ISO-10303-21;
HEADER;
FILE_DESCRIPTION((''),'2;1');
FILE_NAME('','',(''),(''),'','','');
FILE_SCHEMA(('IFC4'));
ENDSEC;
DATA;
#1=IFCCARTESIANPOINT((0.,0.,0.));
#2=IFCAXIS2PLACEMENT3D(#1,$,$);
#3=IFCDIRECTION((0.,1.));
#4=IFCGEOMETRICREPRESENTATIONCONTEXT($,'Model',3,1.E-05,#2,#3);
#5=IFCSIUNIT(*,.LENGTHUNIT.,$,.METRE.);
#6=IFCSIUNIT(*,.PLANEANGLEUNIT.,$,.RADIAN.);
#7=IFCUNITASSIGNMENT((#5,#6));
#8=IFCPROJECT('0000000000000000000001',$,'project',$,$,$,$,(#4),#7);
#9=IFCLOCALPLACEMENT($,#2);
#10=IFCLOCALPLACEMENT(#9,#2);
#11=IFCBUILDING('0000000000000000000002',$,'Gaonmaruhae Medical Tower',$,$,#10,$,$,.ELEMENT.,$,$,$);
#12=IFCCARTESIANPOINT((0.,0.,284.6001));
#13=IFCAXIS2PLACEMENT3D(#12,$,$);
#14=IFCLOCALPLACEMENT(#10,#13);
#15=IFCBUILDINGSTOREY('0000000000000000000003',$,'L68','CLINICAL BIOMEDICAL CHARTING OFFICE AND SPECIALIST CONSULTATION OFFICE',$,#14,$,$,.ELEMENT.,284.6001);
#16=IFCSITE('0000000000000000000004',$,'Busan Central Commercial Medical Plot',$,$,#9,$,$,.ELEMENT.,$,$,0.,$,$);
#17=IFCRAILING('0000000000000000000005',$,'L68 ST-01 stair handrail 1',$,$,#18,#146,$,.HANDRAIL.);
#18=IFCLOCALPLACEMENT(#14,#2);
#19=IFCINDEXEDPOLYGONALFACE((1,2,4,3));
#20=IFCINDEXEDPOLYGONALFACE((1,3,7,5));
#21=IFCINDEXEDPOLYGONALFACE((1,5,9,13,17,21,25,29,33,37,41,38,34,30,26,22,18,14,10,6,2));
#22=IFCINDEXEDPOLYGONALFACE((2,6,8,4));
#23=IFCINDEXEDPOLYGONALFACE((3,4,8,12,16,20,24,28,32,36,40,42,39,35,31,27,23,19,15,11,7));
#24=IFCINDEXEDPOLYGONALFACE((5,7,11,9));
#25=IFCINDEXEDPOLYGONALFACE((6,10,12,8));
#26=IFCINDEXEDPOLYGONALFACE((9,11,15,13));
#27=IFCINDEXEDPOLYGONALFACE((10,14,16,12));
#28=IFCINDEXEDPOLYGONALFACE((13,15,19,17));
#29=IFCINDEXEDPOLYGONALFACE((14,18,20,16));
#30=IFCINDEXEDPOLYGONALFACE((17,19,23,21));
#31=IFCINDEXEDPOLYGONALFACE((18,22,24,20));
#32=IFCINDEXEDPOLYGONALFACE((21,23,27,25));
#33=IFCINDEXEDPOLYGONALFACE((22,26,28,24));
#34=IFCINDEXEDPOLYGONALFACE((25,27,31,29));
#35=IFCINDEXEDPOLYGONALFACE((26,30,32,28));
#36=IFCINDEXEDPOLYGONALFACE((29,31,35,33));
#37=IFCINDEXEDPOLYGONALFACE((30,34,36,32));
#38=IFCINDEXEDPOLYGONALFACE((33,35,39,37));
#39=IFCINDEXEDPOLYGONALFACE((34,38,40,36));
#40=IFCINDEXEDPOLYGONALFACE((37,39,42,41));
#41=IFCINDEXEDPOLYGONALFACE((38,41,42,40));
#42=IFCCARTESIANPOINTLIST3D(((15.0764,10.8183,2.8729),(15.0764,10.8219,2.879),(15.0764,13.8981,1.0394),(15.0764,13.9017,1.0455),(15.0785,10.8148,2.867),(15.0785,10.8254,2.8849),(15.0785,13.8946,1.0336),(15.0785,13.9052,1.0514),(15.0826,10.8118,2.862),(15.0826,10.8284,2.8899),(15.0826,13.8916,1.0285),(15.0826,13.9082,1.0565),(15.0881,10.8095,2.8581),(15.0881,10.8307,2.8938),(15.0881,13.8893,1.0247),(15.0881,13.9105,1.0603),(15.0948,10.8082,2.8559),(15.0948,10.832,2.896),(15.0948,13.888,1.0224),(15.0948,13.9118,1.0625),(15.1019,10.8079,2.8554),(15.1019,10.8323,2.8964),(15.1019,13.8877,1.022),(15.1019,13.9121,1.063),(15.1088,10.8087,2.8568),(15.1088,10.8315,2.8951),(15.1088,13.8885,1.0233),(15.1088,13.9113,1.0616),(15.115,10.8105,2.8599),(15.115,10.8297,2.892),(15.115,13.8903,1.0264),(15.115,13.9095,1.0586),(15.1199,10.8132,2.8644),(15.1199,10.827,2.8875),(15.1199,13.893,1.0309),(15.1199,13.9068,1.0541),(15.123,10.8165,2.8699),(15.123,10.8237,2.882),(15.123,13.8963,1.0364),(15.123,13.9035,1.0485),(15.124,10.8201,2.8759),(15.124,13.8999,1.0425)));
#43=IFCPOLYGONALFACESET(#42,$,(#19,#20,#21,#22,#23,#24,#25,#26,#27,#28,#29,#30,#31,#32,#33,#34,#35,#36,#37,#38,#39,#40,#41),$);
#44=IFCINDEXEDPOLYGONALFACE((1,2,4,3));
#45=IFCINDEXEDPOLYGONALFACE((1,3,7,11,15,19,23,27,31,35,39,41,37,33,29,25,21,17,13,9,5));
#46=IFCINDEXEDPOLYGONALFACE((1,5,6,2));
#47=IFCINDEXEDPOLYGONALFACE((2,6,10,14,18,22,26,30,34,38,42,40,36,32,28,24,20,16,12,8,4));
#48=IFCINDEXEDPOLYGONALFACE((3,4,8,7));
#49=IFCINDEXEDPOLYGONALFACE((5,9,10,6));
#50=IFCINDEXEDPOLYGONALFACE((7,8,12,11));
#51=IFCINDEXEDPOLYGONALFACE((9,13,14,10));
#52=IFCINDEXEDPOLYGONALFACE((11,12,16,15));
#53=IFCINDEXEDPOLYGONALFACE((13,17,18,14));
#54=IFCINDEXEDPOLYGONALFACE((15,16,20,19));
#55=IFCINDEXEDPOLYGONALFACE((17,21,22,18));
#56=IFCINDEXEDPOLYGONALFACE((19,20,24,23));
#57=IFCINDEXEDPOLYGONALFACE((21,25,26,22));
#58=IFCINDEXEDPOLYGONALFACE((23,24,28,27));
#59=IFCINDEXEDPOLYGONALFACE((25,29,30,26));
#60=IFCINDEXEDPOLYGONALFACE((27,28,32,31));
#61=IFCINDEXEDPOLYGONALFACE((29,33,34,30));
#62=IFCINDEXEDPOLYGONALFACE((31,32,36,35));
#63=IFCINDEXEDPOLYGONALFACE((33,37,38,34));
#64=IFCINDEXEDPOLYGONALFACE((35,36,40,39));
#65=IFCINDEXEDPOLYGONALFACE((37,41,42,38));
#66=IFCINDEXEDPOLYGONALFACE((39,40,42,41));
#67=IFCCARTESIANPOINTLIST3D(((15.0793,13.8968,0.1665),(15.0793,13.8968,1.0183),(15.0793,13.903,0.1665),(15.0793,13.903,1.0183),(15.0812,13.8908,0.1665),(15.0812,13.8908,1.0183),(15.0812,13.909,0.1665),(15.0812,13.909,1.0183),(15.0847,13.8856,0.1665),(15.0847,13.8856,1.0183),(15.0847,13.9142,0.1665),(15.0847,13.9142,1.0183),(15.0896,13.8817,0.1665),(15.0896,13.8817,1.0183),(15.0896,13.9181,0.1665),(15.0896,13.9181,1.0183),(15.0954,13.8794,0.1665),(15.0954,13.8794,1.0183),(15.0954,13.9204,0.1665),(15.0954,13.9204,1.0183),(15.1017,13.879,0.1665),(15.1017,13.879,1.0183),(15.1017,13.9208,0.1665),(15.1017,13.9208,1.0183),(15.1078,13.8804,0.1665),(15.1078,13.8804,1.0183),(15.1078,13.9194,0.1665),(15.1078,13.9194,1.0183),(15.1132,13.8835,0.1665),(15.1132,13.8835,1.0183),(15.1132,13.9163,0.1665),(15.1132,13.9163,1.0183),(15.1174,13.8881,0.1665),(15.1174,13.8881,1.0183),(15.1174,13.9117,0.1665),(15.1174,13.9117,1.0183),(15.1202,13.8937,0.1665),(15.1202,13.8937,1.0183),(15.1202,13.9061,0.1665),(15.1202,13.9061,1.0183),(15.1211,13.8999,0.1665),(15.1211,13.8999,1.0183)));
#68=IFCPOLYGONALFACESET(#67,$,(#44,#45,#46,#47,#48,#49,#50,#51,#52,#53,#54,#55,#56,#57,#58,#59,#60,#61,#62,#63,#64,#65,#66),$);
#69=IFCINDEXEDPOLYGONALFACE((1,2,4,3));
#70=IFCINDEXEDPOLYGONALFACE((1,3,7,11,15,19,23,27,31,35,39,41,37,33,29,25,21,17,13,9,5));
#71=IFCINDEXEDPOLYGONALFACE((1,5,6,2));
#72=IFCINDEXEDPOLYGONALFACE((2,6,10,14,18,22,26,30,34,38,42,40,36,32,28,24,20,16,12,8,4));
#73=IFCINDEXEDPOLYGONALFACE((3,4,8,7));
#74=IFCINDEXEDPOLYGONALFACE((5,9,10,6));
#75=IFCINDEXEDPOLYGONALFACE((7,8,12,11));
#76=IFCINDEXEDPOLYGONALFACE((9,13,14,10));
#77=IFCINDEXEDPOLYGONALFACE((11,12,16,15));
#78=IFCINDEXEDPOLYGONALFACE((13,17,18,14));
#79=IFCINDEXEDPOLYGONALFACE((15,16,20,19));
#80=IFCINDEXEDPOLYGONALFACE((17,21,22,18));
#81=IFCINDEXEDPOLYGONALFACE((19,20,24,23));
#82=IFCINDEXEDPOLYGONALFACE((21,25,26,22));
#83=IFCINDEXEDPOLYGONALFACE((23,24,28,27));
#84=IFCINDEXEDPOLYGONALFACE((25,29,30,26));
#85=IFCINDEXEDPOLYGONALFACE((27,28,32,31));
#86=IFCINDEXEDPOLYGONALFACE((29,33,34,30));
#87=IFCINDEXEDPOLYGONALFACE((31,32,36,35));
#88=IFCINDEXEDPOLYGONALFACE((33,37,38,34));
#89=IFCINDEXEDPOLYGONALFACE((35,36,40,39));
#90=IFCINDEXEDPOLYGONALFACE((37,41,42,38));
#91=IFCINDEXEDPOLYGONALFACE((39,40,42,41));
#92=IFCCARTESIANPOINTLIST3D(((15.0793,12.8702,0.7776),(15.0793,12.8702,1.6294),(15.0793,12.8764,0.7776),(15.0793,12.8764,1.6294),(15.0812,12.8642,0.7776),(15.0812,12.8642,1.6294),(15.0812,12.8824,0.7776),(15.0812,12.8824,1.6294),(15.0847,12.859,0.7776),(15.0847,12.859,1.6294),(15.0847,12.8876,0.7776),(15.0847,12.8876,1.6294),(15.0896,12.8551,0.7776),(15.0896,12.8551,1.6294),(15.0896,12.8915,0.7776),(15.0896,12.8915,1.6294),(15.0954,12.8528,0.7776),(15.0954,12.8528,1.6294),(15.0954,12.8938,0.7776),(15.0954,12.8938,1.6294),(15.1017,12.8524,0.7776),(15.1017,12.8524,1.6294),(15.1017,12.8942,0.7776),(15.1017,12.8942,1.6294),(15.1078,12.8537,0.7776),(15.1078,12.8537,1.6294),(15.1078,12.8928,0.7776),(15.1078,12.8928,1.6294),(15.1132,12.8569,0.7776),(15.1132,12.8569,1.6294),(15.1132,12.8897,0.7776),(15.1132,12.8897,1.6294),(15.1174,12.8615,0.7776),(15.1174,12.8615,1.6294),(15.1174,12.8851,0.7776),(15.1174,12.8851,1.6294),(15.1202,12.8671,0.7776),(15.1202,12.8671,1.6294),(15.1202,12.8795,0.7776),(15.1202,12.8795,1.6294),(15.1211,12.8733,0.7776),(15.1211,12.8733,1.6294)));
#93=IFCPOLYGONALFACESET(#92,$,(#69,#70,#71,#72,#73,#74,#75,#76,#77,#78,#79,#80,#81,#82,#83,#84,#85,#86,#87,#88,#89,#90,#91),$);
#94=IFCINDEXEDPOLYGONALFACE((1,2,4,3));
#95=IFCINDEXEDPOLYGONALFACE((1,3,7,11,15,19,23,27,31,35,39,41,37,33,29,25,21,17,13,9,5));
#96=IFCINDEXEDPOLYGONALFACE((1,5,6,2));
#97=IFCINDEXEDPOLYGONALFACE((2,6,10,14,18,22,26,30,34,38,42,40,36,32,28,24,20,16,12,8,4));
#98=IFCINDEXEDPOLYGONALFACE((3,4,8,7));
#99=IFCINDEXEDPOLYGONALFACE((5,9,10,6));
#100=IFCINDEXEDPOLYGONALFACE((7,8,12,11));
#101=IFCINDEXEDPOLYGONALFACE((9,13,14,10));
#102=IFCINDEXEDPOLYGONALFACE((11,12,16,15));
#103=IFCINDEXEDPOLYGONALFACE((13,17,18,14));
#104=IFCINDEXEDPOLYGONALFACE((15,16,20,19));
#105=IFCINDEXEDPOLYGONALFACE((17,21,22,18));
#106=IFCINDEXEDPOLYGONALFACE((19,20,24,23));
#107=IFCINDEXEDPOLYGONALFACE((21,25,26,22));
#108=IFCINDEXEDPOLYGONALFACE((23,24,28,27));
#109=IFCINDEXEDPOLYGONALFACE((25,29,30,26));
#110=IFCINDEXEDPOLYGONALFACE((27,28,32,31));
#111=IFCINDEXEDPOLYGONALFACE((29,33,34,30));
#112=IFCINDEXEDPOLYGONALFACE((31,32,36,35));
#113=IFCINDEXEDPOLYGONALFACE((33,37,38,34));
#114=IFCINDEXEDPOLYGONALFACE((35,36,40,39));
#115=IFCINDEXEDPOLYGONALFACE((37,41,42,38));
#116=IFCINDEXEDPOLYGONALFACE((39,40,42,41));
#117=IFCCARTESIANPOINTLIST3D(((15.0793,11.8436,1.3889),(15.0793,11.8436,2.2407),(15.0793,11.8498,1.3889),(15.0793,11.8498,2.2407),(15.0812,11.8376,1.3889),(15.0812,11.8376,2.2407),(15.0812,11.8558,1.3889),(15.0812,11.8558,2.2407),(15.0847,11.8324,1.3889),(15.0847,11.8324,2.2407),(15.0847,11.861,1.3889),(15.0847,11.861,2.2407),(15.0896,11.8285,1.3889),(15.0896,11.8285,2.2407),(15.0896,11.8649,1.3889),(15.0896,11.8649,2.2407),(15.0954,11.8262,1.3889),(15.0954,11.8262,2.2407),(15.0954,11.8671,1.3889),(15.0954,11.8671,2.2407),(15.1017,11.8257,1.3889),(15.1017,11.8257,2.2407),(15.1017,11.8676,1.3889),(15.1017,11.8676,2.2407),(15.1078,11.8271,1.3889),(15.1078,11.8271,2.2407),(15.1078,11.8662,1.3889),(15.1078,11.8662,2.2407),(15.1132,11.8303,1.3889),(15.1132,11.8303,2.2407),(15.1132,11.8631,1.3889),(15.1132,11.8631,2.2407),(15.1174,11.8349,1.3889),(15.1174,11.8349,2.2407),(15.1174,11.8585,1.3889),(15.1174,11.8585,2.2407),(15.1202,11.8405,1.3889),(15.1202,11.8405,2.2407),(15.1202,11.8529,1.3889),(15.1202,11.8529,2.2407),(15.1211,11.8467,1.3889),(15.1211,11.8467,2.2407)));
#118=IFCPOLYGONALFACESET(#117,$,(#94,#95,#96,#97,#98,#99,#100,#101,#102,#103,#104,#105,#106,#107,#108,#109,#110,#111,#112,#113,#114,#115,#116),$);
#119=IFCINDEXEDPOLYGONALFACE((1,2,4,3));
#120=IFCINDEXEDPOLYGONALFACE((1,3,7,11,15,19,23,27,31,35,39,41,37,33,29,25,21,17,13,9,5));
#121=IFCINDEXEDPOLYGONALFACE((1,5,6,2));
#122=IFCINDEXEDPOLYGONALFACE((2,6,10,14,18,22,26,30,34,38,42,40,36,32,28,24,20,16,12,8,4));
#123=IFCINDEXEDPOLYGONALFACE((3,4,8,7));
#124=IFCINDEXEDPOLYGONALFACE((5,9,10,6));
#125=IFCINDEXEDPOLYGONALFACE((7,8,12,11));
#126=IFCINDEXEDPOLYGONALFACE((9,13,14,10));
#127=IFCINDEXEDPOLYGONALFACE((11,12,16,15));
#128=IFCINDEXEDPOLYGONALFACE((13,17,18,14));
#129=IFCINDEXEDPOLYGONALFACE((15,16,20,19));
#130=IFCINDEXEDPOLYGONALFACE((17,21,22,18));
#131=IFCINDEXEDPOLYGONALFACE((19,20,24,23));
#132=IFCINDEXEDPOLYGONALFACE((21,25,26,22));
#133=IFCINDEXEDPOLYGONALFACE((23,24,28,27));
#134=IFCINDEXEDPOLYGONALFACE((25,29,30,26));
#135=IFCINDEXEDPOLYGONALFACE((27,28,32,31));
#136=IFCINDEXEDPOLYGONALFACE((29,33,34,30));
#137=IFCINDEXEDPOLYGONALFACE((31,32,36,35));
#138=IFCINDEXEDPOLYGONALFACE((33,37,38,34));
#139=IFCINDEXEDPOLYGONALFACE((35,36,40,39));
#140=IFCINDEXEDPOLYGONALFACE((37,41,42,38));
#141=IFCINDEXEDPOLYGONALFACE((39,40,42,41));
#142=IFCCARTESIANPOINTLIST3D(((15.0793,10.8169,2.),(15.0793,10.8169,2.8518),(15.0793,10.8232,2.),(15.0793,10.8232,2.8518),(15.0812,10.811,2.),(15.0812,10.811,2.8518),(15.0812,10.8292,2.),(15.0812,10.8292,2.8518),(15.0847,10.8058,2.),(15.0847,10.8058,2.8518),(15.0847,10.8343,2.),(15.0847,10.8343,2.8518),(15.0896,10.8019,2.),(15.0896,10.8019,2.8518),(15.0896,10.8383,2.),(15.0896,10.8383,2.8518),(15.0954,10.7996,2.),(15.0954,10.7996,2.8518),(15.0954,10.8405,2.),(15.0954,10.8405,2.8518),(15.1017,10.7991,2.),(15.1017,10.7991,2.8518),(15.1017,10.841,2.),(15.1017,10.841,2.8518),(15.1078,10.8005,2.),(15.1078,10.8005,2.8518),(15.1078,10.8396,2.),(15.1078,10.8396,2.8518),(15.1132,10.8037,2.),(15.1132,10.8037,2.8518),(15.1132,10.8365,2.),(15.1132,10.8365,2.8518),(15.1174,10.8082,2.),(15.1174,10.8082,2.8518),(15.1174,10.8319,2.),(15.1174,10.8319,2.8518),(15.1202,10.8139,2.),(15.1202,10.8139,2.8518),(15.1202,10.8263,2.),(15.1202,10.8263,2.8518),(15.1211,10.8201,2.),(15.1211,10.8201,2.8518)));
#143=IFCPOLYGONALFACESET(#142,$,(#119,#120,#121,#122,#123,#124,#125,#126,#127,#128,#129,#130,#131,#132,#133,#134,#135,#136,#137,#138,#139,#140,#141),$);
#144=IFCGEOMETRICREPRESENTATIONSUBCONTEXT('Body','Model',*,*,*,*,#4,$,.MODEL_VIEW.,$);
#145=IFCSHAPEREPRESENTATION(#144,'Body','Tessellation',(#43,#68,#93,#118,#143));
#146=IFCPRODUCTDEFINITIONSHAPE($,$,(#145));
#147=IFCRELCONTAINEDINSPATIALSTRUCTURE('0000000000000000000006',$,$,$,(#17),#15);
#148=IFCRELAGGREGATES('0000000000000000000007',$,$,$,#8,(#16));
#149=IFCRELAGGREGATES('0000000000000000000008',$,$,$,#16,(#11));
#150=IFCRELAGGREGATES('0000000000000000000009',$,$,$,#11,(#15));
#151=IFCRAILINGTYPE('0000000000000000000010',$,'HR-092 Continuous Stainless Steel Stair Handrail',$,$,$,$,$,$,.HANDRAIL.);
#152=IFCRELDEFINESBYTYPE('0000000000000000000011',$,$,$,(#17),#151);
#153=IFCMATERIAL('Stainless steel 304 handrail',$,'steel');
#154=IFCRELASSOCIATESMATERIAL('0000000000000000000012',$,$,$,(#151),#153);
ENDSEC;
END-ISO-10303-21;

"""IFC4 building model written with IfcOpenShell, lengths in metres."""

from ifc_helpers import new_model, si_unit, direction, frame, origin, origin_2d, place, context, subcontext, project, spatial, circle, extrude, material, type_object, element, save


model = new_model("IFC4")

# Units and contexts
model_context = context("Model", 3, precision=1e-05, world=origin(), true_north=direction((0.0, 1.0)))
body_context = subcontext(model_context, "Body", "Model", "MODEL_VIEW")
ifc_project = project(units=[si_unit("LENGTHUNIT", "METRE"), si_unit("PLANEANGLEUNIT", "RADIAN")], contexts=[model_context])

# Site, building, storey
site_placement = place(None, origin())
site = spatial("IfcSite", under=ifc_project, at=site_placement, Name="Busan Central Commercial Medical Plot", CompositionType="ELEMENT", RefElevation=0.0)
building_placement = place(site_placement, origin())
building = spatial("IfcBuilding", under=site, at=building_placement, Name="Gaonmaruhae Medical Tower", CompositionType="ELEMENT")
storey_placement = place(building_placement, frame((0.0, 0.0, 284.6001)))
storey = spatial("IfcBuildingStorey", under=building, at=storey_placement, Name="L68", Description="CLINICAL BIOMEDICAL CHARTING OFFICE AND SPECIALIST CONSULTATION OFFICE", CompositionType="ELEMENT", Elevation=284.6001)

# Railing
ifc_material_1 = material(Name="Stainless steel 304 handrail", Category="steel")
railing_type_1 = type_object("IfcRailingType", Name="HR-092 Continuous Stainless Steel Stair Handrail", PredefinedType="HANDRAIL", material=ifc_material_1)
railing_1_placement = place(storey_placement, frame((15.1001, 13.8999, 0.1665)))
element("IfcRailing", 1, at=railing_1_placement, inside=storey, type_object=railing_type_1, Name="L68 ST-01 stair handrail 1", PredefinedType="HANDRAIL", context=body_context, shape_type="SweptSolid", body=[
    extrude(circle(Radius=0.0239, at=origin_2d()), frame((0.0, 0.0, 0.876), z_axis=(0.0, -0.859261, 0.511538), x_axis=(1.0, 0.0, 0.0)), (0.0, 0.0, 1.0), 3.5842),
    extrude(circle(Radius=0.021, at=origin_2d()), origin(), (0.0, 0.0, 1.0), 0.8518),
    extrude(circle(Radius=0.021, at=origin_2d()), frame((0.0, -1.0266, 0.6111)), (0.0, 0.0, 1.0), 0.8518),
    extrude(circle(Radius=0.021, at=origin_2d()), frame((0.0, -2.0532, 1.2224)), (0.0, 0.0, 1.0), 0.8518),
    extrude(circle(Radius=0.021, at=origin_2d()), frame((0.0, -3.0798, 1.8335)), (0.0, 0.0, 1.0), 0.8518),
])

save(model, "model.ifc")
